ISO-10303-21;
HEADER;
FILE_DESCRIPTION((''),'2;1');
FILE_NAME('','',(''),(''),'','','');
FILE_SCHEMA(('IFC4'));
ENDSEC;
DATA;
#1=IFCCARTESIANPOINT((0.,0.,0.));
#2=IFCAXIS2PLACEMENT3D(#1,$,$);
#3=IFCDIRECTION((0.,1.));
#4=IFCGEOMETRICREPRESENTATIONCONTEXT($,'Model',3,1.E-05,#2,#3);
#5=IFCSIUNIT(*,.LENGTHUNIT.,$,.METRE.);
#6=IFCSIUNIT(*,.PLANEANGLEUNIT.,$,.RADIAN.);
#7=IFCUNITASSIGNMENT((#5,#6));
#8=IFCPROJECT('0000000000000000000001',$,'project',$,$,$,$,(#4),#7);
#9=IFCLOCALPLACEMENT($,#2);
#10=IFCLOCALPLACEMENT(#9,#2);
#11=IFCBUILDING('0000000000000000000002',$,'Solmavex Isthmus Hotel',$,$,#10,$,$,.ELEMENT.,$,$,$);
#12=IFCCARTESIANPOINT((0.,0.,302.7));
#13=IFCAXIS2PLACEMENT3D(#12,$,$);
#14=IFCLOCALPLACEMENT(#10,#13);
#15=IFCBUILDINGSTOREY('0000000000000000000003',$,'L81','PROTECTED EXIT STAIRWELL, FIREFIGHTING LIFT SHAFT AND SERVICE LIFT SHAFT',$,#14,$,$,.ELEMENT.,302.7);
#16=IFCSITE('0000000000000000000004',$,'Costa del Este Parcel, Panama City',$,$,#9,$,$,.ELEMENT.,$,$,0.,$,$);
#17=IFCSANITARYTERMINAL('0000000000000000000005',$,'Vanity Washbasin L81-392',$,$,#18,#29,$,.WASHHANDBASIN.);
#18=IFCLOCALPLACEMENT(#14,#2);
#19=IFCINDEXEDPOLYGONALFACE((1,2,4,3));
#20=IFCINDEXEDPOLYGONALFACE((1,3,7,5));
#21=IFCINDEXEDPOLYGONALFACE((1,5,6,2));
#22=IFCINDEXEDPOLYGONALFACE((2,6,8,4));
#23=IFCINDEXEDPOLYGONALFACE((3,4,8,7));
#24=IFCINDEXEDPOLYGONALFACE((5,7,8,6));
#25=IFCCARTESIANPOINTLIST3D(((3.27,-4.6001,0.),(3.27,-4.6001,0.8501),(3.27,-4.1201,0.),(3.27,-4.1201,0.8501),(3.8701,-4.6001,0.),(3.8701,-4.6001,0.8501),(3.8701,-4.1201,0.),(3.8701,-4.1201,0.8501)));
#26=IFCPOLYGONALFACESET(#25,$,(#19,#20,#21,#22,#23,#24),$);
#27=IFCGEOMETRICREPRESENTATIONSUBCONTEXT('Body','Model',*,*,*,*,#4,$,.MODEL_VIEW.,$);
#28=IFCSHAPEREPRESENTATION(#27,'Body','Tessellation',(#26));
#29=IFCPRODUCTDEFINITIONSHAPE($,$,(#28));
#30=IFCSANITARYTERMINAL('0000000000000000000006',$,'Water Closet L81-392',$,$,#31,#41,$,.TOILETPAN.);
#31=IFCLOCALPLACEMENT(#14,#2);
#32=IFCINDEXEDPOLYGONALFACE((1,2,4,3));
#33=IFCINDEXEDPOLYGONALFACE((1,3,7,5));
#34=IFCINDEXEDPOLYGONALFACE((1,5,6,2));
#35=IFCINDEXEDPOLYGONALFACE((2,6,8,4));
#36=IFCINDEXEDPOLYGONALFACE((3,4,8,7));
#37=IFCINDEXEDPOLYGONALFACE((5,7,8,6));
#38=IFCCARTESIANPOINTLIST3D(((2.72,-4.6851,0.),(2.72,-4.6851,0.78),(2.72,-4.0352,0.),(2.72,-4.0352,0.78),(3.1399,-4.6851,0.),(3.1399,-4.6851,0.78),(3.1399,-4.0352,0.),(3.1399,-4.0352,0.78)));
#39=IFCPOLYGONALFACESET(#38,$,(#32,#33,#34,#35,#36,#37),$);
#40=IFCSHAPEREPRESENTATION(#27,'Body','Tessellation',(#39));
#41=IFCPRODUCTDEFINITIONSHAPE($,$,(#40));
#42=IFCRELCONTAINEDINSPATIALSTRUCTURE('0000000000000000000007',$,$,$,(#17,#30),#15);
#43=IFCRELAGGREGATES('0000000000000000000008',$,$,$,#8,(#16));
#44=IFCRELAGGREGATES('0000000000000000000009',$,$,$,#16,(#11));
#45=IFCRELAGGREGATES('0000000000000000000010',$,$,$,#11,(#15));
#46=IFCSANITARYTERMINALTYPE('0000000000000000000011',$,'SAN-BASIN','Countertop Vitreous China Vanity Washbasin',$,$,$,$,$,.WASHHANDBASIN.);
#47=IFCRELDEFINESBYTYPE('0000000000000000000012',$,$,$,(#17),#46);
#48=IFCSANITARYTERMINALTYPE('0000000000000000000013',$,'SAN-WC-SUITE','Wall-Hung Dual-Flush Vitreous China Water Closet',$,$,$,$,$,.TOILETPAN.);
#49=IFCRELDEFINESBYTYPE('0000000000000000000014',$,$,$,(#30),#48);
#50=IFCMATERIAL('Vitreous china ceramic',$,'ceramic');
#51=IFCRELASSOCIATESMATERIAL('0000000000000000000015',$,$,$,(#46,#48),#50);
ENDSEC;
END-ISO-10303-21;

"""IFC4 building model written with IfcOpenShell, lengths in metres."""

from ifc_helpers import new_model, si_unit, direction, frame, origin, origin_2d, place, context, subcontext, project, spatial, rectangle, extrude, material, type_object, element, save


model = new_model("IFC4")

# Units and contexts
model_context = context("Model", 3, precision=1e-05, world=origin(), true_north=direction((0.0, 1.0)))
body_context = subcontext(model_context, "Body", "Model", "MODEL_VIEW")
ifc_project = project(units=[si_unit("LENGTHUNIT", "METRE"), si_unit("PLANEANGLEUNIT", "RADIAN")], contexts=[model_context])

# Site, building, storey
site_placement = place(None, origin())
site = spatial("IfcSite", under=ifc_project, at=site_placement, Name="Costa del Este Parcel, Panama City", CompositionType="ELEMENT", RefElevation=0.0)
building_placement = place(site_placement, origin())
building = spatial("IfcBuilding", under=site, at=building_placement, Name="Solmavex Isthmus Hotel", CompositionType="ELEMENT")
storey_placement = place(building_placement, frame((0.0, 0.0, 302.7)))
storey = spatial("IfcBuildingStorey", under=building, at=storey_placement, Name="L81", Description="PROTECTED EXIT STAIRWELL, FIREFIGHTING LIFT SHAFT AND SERVICE LIFT SHAFT", CompositionType="ELEMENT", Elevation=302.7)

# Sanitary terminals
ifc_material_1 = material(Name="Vitreous china ceramic", Category="ceramic")
sanitary_terminal_type_1 = type_object("IfcSanitaryTerminalType", Name="SAN-BASIN", Description="Countertop Vitreous China Vanity Washbasin", PredefinedType="WASHHANDBASIN", material=ifc_material_1)
sanitary_terminal_1_placement = place(storey_placement, frame((3.5701, -4.3601, 0.0), z_axis=(0.0, 0.0, 1.0), x_axis=(1.0, 0.0, 0.0)))
element("IfcSanitaryTerminal", 1, at=sanitary_terminal_1_placement, inside=storey, type_object=sanitary_terminal_type_1, Name="Vanity Washbasin L81-392", PredefinedType="WASHHANDBASIN", context=body_context, shape_type="SweptSolid", body=[
    extrude(rectangle(XDim=0.6001, YDim=0.48, at=origin_2d()), origin(), (0.0, 0.0, 1.0), 0.8501),
])
sanitary_terminal_type_2 = type_object("IfcSanitaryTerminalType", Name="SAN-WC-SUITE", Description="Wall-Hung Dual-Flush Vitreous China Water Closet", PredefinedType="TOILETPAN", material=ifc_material_1)
sanitary_terminal_2_placement = place(storey_placement, frame((2.9299, -4.3601, 0.0), z_axis=(0.0, 0.0, 1.0), x_axis=(1.0, 0.0, 0.0)))
element("IfcSanitaryTerminal", 2, at=sanitary_terminal_2_placement, inside=storey, type_object=sanitary_terminal_type_2, Name="Water Closet L81-392", PredefinedType="TOILETPAN", context=body_context, shape_type="SweptSolid", body=[
    extrude(rectangle(XDim=0.4199, YDim=0.6499, at=origin_2d()), origin(), (0.0, 0.0, 1.0), 0.78),
])

save(model, "model.ifc")
